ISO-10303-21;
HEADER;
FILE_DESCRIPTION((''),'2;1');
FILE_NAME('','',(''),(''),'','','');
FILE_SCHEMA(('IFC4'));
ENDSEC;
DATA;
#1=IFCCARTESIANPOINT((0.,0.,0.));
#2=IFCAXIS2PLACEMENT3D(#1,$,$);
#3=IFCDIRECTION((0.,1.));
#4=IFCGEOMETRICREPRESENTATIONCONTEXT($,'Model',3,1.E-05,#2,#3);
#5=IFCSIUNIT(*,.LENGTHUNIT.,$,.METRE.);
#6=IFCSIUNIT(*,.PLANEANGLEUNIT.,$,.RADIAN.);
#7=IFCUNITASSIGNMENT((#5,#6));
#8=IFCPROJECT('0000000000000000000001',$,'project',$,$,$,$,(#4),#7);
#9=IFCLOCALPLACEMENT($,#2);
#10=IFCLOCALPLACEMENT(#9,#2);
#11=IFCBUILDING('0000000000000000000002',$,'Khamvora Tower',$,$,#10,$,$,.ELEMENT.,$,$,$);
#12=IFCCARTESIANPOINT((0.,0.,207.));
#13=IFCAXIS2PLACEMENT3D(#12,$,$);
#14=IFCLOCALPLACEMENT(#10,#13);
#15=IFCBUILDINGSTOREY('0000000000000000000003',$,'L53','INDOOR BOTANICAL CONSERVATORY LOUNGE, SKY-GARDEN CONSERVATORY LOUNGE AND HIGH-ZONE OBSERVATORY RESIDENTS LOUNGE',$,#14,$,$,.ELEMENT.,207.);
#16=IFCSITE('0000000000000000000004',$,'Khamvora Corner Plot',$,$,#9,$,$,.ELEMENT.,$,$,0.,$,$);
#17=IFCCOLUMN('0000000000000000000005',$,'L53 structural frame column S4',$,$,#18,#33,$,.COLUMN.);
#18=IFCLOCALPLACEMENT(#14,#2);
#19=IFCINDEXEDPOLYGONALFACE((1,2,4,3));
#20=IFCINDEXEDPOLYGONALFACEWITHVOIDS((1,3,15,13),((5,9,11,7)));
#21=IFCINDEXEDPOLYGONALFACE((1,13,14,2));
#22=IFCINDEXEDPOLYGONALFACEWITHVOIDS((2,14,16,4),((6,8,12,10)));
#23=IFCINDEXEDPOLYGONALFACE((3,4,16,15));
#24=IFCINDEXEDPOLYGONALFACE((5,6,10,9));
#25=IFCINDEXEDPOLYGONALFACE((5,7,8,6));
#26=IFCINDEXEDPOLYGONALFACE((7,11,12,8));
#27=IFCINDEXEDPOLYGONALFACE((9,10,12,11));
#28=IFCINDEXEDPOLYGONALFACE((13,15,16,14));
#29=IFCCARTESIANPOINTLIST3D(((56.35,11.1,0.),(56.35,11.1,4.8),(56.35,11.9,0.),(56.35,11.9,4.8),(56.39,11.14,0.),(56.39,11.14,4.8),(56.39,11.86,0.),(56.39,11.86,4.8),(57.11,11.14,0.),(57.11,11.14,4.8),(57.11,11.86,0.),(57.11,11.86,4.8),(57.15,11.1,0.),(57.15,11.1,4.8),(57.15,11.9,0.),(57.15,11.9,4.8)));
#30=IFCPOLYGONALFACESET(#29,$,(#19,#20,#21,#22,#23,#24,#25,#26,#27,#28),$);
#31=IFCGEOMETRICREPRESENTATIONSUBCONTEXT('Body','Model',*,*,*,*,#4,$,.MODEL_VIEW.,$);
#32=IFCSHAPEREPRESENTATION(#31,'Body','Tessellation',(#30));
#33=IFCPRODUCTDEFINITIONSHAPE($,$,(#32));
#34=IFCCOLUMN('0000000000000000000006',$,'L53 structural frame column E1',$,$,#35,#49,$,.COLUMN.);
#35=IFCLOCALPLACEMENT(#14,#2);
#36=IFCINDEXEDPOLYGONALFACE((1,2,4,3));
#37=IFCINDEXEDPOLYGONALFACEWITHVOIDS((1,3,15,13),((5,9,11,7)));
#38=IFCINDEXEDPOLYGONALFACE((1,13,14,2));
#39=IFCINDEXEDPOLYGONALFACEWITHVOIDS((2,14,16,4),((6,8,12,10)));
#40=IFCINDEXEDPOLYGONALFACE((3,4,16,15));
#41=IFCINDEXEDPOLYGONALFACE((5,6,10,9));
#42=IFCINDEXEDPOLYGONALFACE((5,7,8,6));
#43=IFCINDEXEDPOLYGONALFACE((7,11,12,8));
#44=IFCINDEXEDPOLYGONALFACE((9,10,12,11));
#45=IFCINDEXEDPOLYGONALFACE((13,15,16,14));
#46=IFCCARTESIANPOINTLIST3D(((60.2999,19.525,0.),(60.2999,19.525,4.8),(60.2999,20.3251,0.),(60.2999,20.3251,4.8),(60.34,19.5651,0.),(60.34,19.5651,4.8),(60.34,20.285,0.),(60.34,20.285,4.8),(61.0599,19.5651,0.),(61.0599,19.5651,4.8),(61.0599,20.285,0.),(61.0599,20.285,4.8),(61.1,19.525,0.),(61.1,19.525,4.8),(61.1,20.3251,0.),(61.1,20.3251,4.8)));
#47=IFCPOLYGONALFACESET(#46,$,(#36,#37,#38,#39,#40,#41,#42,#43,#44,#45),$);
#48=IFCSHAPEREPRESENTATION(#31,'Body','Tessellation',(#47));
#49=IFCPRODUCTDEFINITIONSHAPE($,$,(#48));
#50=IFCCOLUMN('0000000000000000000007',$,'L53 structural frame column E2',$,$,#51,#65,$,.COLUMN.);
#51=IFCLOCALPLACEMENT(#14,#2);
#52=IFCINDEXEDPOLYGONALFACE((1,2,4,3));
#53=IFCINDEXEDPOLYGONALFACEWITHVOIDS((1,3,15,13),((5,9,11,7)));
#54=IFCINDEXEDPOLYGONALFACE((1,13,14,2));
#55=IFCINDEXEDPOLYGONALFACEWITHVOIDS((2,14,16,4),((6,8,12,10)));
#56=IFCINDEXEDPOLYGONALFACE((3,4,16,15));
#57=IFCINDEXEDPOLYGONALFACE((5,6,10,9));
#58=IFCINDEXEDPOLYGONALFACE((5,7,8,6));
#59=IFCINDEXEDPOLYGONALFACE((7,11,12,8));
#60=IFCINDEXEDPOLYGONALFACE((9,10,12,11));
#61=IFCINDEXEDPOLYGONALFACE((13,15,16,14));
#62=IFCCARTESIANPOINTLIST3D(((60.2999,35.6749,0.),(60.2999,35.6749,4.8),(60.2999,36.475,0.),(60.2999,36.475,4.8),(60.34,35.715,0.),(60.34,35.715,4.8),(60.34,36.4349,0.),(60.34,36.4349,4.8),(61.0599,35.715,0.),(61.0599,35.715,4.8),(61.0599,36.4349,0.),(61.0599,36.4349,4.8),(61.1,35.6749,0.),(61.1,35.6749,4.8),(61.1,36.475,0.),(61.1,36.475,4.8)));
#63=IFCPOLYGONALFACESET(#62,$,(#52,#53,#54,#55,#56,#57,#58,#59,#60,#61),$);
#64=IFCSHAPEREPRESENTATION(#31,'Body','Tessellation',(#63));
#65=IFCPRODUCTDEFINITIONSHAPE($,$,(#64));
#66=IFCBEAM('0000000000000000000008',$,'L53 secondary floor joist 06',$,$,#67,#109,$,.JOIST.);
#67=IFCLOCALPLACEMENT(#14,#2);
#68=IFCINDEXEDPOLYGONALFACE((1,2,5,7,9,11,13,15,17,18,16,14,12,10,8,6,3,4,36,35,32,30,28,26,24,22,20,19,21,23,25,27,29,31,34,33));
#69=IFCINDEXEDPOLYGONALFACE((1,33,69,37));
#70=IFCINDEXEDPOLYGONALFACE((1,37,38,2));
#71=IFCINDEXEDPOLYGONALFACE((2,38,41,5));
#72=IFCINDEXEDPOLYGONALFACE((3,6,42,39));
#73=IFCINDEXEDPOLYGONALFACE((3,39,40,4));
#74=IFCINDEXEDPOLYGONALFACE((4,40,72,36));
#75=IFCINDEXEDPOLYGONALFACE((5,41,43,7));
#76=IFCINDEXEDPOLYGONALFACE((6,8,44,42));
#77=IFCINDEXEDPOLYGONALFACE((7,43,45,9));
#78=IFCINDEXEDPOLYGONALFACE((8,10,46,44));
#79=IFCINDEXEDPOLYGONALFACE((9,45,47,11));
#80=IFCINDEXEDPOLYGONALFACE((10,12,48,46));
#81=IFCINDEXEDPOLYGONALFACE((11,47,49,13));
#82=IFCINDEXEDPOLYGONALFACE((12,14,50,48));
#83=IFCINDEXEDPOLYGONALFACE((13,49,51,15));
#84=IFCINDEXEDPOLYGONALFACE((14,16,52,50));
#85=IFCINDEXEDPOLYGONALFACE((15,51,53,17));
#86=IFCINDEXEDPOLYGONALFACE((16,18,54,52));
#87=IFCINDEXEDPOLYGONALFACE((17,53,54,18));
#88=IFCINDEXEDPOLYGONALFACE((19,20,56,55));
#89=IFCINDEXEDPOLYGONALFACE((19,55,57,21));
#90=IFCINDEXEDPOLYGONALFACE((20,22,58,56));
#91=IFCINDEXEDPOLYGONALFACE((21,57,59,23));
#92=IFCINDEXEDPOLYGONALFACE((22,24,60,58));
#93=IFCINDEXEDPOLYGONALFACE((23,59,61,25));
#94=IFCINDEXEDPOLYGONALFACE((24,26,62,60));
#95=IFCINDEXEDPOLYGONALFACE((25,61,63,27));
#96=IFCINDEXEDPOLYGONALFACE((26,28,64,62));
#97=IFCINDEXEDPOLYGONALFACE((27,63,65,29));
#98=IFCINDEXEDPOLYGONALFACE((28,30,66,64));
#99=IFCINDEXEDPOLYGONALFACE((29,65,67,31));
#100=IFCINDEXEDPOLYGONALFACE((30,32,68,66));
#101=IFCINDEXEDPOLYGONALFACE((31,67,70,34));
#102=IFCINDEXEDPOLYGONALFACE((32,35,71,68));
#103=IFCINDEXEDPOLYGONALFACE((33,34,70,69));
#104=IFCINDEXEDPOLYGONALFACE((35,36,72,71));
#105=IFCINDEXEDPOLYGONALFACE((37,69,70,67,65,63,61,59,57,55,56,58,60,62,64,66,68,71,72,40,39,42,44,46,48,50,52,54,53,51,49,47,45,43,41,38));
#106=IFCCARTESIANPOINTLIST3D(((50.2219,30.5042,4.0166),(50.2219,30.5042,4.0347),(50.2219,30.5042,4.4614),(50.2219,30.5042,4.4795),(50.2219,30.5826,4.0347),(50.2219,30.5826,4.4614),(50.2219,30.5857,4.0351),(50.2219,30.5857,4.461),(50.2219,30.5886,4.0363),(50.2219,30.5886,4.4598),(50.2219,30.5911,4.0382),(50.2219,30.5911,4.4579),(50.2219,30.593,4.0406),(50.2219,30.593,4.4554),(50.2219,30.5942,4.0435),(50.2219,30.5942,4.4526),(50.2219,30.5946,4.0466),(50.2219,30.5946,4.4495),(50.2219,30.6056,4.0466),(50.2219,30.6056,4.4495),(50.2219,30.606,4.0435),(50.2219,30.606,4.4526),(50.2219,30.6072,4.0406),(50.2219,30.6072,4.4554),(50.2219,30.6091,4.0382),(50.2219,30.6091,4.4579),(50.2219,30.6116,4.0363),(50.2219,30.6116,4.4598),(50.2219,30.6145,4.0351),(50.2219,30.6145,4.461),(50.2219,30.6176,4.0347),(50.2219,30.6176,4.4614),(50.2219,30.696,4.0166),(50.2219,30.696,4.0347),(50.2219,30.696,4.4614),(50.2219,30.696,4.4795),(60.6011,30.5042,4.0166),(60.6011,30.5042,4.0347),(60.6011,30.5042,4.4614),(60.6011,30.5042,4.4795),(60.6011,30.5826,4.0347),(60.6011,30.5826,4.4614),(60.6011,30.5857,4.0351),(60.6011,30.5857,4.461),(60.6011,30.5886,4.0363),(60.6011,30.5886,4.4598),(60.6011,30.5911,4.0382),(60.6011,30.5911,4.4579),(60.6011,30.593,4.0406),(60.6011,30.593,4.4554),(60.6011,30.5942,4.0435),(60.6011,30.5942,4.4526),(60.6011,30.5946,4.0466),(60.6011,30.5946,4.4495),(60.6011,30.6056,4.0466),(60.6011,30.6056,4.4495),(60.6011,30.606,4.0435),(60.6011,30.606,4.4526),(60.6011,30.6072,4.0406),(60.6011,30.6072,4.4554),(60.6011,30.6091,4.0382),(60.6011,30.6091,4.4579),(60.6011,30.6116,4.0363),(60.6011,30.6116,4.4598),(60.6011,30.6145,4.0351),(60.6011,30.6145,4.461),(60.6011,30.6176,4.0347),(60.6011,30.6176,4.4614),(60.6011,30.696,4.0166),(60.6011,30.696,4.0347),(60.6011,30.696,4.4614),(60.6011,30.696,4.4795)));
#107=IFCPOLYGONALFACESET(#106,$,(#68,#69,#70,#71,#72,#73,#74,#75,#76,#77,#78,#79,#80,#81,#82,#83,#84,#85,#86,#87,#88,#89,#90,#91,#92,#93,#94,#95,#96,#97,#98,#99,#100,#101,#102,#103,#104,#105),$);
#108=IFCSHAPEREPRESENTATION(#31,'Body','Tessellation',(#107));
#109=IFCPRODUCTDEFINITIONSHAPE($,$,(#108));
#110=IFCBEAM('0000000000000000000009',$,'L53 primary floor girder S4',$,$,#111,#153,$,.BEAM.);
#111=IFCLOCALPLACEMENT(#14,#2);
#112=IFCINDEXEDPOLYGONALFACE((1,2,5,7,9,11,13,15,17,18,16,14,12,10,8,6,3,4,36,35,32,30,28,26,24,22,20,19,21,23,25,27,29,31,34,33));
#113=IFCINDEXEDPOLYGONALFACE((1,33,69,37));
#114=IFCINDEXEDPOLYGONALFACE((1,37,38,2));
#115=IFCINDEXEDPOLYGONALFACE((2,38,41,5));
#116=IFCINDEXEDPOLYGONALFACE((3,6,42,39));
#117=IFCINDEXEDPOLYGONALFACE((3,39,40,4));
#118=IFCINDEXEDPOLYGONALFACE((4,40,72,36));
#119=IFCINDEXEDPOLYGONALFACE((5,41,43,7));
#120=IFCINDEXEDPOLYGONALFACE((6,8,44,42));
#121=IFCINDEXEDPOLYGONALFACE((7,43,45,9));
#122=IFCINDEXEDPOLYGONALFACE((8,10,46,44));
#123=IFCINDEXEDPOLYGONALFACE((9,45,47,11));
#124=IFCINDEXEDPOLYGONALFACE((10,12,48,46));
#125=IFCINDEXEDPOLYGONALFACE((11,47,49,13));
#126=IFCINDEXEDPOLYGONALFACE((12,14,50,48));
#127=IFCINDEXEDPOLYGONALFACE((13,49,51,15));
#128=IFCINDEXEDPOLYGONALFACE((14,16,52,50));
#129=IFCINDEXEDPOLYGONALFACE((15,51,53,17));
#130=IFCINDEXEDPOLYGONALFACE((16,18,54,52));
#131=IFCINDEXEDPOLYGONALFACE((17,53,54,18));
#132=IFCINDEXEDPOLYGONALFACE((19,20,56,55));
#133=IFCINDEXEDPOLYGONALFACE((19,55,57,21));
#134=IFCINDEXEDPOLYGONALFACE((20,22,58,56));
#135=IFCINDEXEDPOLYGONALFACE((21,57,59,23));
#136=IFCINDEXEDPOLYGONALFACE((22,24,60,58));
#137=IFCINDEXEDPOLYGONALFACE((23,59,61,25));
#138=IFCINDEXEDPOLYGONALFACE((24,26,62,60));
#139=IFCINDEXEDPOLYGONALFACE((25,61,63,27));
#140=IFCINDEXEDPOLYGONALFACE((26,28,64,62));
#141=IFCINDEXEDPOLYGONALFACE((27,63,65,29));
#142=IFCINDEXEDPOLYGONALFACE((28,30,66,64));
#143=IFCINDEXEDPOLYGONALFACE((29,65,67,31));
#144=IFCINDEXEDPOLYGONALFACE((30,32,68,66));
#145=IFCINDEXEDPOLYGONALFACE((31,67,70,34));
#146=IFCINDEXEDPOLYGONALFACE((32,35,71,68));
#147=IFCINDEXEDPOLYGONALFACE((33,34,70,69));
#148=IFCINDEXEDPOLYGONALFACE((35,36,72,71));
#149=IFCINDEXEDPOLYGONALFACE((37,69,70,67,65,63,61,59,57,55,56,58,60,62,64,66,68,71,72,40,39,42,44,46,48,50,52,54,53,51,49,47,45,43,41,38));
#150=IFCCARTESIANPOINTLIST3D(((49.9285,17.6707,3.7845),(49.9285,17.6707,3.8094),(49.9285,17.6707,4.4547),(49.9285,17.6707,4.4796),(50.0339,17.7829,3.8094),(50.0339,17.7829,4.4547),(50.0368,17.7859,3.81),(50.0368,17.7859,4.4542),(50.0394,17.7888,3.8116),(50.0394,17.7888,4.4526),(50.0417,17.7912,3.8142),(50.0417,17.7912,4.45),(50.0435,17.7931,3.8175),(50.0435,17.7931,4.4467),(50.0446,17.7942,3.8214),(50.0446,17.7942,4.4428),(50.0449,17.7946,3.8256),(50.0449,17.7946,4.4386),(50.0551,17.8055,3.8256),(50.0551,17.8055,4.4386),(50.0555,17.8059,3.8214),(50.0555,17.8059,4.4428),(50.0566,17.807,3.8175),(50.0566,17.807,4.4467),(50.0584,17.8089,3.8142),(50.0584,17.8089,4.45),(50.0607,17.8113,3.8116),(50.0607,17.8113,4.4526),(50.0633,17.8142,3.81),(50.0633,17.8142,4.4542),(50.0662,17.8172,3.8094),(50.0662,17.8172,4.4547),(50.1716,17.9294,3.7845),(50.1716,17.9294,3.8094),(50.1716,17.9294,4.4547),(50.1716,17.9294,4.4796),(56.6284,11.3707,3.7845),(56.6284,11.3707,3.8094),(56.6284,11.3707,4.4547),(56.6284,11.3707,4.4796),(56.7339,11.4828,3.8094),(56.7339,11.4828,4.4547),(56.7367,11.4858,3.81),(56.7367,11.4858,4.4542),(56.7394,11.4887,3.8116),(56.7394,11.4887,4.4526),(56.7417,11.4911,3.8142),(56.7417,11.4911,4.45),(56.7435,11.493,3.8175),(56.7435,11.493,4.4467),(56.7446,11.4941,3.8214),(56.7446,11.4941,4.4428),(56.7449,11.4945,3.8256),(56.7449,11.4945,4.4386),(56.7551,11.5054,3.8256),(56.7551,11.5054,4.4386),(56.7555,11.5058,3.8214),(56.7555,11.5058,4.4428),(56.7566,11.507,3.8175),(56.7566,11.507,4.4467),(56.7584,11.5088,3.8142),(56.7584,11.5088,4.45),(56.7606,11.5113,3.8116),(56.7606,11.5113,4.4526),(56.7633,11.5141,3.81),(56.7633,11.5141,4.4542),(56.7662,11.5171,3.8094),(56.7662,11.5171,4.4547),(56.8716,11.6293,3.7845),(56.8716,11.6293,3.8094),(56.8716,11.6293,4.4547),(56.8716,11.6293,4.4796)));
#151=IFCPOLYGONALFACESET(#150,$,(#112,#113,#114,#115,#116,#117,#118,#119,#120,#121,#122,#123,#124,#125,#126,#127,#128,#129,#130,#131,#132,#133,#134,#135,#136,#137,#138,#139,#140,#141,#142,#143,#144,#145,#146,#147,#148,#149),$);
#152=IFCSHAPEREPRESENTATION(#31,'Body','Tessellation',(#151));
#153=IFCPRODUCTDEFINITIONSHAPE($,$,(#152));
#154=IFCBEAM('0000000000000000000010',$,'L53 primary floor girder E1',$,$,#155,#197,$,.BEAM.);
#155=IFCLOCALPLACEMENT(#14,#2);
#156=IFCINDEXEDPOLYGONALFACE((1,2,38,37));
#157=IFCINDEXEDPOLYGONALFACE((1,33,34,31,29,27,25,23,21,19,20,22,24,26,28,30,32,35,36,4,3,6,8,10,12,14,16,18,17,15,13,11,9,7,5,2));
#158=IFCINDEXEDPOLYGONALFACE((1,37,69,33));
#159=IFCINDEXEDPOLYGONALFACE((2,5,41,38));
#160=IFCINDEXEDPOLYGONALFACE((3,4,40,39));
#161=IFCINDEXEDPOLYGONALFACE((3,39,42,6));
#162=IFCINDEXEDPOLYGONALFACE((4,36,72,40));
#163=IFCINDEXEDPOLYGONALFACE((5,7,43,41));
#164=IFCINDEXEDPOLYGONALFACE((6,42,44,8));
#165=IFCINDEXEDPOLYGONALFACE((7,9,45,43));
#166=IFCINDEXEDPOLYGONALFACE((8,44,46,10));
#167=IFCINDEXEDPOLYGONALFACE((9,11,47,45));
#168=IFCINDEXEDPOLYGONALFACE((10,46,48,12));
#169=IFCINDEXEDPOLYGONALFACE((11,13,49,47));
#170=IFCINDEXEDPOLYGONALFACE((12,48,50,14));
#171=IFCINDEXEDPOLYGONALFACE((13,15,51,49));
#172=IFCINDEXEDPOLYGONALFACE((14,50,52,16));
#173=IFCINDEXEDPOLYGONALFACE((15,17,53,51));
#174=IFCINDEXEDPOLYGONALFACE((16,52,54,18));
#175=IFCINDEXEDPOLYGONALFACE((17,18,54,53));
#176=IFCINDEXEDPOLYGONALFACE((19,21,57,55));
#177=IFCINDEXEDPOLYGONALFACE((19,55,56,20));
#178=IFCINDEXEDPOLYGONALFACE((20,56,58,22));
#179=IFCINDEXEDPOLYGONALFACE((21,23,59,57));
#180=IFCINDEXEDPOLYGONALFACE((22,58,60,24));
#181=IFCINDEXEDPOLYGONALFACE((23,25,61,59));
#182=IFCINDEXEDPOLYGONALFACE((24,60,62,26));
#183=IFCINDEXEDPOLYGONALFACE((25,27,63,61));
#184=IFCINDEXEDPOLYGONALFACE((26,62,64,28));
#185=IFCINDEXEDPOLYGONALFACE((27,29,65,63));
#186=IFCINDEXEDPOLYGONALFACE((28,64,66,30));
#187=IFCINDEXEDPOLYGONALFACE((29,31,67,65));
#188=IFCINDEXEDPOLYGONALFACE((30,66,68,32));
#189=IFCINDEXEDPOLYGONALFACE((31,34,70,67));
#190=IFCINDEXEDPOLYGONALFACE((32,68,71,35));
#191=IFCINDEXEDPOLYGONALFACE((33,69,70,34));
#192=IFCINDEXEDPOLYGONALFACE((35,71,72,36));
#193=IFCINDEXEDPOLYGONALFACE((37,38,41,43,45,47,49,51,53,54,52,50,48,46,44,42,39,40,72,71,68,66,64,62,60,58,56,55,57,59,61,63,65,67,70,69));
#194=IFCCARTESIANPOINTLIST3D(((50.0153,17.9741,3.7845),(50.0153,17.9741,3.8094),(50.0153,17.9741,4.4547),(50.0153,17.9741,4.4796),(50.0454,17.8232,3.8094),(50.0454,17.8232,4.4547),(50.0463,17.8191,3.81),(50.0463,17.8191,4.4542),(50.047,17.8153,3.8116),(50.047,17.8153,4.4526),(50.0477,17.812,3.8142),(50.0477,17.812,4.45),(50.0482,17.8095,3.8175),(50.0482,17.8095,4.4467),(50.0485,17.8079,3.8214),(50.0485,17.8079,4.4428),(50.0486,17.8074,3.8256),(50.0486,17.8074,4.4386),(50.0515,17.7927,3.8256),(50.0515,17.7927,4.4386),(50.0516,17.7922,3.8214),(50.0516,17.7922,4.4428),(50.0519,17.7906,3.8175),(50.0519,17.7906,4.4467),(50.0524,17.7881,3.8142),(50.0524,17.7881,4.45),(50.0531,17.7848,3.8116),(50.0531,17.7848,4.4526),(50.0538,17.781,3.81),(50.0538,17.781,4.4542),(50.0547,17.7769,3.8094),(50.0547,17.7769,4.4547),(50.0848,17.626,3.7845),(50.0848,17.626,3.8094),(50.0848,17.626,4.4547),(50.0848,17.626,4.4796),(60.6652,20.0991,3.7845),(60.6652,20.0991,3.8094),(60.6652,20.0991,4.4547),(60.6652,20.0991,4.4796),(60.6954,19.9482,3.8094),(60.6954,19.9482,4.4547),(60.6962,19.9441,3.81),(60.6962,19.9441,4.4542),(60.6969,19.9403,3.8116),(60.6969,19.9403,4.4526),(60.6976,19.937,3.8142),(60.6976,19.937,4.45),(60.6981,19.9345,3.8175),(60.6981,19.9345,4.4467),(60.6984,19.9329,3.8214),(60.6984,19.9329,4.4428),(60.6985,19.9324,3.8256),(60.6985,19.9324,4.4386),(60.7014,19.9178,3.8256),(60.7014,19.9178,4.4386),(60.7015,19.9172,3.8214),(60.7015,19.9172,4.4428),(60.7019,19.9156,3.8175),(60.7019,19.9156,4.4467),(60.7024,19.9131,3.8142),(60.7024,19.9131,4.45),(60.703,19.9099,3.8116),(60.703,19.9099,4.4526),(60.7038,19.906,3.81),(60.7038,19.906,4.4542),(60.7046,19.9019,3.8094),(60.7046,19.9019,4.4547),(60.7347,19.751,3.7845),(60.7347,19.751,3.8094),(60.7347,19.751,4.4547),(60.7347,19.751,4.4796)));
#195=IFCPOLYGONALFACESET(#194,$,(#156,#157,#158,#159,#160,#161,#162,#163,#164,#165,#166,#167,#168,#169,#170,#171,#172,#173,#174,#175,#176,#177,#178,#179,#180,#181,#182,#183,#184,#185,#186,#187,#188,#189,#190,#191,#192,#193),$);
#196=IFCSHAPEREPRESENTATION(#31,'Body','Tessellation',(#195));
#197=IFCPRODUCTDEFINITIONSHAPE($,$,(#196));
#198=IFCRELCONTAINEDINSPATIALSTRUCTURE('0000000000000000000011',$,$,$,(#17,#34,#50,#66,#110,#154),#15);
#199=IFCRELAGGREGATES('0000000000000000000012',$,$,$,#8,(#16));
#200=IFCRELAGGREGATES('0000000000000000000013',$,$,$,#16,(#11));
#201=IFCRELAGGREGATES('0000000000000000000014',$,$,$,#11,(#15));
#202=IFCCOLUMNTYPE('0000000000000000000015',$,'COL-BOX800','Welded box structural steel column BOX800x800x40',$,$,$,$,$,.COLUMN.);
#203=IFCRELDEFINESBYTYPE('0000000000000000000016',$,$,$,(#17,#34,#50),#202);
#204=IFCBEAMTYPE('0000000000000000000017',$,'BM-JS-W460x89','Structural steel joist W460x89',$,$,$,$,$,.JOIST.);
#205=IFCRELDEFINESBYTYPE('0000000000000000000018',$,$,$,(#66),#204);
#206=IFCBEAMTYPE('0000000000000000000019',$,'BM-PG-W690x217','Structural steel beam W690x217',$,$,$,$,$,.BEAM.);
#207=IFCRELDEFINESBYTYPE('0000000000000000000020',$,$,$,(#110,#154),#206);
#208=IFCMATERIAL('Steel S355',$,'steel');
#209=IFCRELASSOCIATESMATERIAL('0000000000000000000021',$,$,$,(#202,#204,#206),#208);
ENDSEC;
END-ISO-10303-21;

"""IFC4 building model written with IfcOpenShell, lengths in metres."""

from ifc_helpers import new_model, si_unit, direction, frame, origin, origin_2d, place, context, subcontext, project, spatial, hollow_rectangle, i_section, extrude, material, material_profile, profile_set, type_object, element, save


model = new_model("IFC4")

# Units and contexts
model_context = context("Model", 3, precision=1e-05, world=origin(), true_north=direction((0.0, 1.0)))
body_context = subcontext(model_context, "Body", "Model", "MODEL_VIEW")
ifc_project = project(units=[si_unit("LENGTHUNIT", "METRE"), si_unit("PLANEANGLEUNIT", "RADIAN")], contexts=[model_context])

# Site, building, storey
site_placement = place(None, origin())
site = spatial("IfcSite", under=ifc_project, at=site_placement, Name="Khamvora Corner Plot", CompositionType="ELEMENT", RefElevation=0.0)
building_placement = place(site_placement, origin())
building = spatial("IfcBuilding", under=site, at=building_placement, Name="Khamvora Tower", CompositionType="ELEMENT")
storey_placement = place(building_placement, frame((0.0, 0.0, 207.0)))
storey = spatial("IfcBuildingStorey", under=building, at=storey_placement, Name="L53", Description="INDOOR BOTANICAL CONSERVATORY LOUNGE, SKY-GARDEN CONSERVATORY LOUNGE AND HIGH-ZONE OBSERVATORY RESIDENTS LOUNGE", CompositionType="ELEMENT", Elevation=207.0)

# Columns
ifc_material_1 = material(Name="Steel S355", Category="steel")
ifc_material_profile_1 = material_profile(ifc_material_1, hollow_rectangle(XDim=0.8, YDim=0.8, WallThickness=0.04, at=origin_2d()), Name="BOX800x800x40")
ifc_profile_set_1 = profile_set([ifc_material_profile_1], Name="Steel S355")
column_type = type_object("IfcColumnType", Name="COL-BOX800", Description="Welded box structural steel column BOX800x800x40", PredefinedType="COLUMN", material=ifc_profile_set_1)
for number, where, z_axis, x_axis, name in (
    (1, (56.75, 11.5, 0.0), (0.0, 0.0, 1.0), (1.0, 0.0, 0.0), "L53 structural frame column S4"),
    (2, (60.7, 19.925, 0.0), (0.0, 0.0, 1.0), (1.0, 0.0, 0.0), "L53 structural frame column E1"),
    (3, (60.7, 36.075, 0.0), (0.0, 0.0, 1.0), (1.0, 0.0, 0.0), "L53 structural frame column E2"),
):
    element("IfcColumn", number, at=place(storey_placement, frame(where, z_axis=z_axis, x_axis=x_axis)), inside=storey, type_object=column_type, Name=name, PredefinedType="COLUMN", context=body_context, shape_type="SweptSolid", body=[
        extrude(hollow_rectangle(XDim=0.8, YDim=0.8, WallThickness=0.04, at=origin_2d()), origin(), (0.0, 0.0, 1.0), 4.8),
    ])

# Beams
ifc_material_profile_2 = material_profile(ifc_material_1, i_section(OverallWidth=0.1919, OverallDepth=0.4629, WebThickness=0.011, FlangeThickness=0.0181, FilletRadius=0.012, at=origin_2d()), Name="W460x89")
ifc_profile_set_2 = profile_set([ifc_material_profile_2], Name="Steel S355")
beam_type_1 = type_object("IfcBeamType", Name="BM-JS-W460x89", Description="Structural steel joist W460x89", PredefinedType="JOIST", material=ifc_profile_set_2)
beam_1_placement = place(storey_placement, frame((50.2219, 30.6001, 4.248), z_axis=(1.0, 0.0, 0.0), x_axis=(0.0, 1.0, 0.0)))
element("IfcBeam", 4, at=beam_1_placement, inside=storey, type_object=beam_type_1, Name="L53 secondary floor joist 06", PredefinedType="JOIST", context=body_context, shape_type="SweptSolid", body=[
    extrude(i_section(OverallWidth=0.1919, OverallDepth=0.4629, WebThickness=0.011, FlangeThickness=0.0181, FilletRadius=0.012, at=origin_2d()), origin(), (0.0, 0.0, 1.0), 10.3792),
])
ifc_material_profile_3 = material_profile(ifc_material_1, i_section(OverallWidth=0.355, OverallDepth=0.6951, WebThickness=0.0149, FlangeThickness=0.0249, FilletRadius=0.0161, at=origin_2d()), Name="W690x217")
ifc_profile_set_3 = profile_set([ifc_material_profile_3], Name="Steel S355")
beam_type_2 = type_object("IfcBeamType", Name="BM-PG-W690x217", Description="Structural steel beam W690x217", PredefinedType="BEAM", material=ifc_profile_set_3)
beam_2_placement = place(storey_placement, frame((50.05, 17.8, 4.1321), z_axis=(0.728514, -0.685031, 0.0), x_axis=(0.685031, 0.728514, 0.0)))
element("IfcBeam", 5, at=beam_2_placement, inside=storey, type_object=beam_type_2, Name="L53 primary floor girder S4", PredefinedType="BEAM", context=body_context, shape_type="SweptSolid", body=[
    extrude(i_section(OverallWidth=0.355, OverallDepth=0.6951, WebThickness=0.0149, FlangeThickness=0.0249, FilletRadius=0.0161, at=origin_2d()), origin(), (0.0, 0.0, 1.0), 9.1968),
])
beam_3_placement = place(storey_placement, frame((50.05, 17.8, 4.1321), z_axis=(0.980669, 0.195675, 0.0), x_axis=(-0.195675, 0.980669, 0.0)))
element("IfcBeam", 6, at=beam_3_placement, inside=storey, type_object=beam_type_2, Name="L53 primary floor girder E1", PredefinedType="BEAM", context=body_context, shape_type="SweptSolid", body=[
    extrude(i_section(OverallWidth=0.355, OverallDepth=0.6951, WebThickness=0.0149, FlangeThickness=0.0249, FilletRadius=0.0161, at=origin_2d()), origin(), (0.0, 0.0, 1.0), 10.8599),
])

save(model, "model.ifc")
